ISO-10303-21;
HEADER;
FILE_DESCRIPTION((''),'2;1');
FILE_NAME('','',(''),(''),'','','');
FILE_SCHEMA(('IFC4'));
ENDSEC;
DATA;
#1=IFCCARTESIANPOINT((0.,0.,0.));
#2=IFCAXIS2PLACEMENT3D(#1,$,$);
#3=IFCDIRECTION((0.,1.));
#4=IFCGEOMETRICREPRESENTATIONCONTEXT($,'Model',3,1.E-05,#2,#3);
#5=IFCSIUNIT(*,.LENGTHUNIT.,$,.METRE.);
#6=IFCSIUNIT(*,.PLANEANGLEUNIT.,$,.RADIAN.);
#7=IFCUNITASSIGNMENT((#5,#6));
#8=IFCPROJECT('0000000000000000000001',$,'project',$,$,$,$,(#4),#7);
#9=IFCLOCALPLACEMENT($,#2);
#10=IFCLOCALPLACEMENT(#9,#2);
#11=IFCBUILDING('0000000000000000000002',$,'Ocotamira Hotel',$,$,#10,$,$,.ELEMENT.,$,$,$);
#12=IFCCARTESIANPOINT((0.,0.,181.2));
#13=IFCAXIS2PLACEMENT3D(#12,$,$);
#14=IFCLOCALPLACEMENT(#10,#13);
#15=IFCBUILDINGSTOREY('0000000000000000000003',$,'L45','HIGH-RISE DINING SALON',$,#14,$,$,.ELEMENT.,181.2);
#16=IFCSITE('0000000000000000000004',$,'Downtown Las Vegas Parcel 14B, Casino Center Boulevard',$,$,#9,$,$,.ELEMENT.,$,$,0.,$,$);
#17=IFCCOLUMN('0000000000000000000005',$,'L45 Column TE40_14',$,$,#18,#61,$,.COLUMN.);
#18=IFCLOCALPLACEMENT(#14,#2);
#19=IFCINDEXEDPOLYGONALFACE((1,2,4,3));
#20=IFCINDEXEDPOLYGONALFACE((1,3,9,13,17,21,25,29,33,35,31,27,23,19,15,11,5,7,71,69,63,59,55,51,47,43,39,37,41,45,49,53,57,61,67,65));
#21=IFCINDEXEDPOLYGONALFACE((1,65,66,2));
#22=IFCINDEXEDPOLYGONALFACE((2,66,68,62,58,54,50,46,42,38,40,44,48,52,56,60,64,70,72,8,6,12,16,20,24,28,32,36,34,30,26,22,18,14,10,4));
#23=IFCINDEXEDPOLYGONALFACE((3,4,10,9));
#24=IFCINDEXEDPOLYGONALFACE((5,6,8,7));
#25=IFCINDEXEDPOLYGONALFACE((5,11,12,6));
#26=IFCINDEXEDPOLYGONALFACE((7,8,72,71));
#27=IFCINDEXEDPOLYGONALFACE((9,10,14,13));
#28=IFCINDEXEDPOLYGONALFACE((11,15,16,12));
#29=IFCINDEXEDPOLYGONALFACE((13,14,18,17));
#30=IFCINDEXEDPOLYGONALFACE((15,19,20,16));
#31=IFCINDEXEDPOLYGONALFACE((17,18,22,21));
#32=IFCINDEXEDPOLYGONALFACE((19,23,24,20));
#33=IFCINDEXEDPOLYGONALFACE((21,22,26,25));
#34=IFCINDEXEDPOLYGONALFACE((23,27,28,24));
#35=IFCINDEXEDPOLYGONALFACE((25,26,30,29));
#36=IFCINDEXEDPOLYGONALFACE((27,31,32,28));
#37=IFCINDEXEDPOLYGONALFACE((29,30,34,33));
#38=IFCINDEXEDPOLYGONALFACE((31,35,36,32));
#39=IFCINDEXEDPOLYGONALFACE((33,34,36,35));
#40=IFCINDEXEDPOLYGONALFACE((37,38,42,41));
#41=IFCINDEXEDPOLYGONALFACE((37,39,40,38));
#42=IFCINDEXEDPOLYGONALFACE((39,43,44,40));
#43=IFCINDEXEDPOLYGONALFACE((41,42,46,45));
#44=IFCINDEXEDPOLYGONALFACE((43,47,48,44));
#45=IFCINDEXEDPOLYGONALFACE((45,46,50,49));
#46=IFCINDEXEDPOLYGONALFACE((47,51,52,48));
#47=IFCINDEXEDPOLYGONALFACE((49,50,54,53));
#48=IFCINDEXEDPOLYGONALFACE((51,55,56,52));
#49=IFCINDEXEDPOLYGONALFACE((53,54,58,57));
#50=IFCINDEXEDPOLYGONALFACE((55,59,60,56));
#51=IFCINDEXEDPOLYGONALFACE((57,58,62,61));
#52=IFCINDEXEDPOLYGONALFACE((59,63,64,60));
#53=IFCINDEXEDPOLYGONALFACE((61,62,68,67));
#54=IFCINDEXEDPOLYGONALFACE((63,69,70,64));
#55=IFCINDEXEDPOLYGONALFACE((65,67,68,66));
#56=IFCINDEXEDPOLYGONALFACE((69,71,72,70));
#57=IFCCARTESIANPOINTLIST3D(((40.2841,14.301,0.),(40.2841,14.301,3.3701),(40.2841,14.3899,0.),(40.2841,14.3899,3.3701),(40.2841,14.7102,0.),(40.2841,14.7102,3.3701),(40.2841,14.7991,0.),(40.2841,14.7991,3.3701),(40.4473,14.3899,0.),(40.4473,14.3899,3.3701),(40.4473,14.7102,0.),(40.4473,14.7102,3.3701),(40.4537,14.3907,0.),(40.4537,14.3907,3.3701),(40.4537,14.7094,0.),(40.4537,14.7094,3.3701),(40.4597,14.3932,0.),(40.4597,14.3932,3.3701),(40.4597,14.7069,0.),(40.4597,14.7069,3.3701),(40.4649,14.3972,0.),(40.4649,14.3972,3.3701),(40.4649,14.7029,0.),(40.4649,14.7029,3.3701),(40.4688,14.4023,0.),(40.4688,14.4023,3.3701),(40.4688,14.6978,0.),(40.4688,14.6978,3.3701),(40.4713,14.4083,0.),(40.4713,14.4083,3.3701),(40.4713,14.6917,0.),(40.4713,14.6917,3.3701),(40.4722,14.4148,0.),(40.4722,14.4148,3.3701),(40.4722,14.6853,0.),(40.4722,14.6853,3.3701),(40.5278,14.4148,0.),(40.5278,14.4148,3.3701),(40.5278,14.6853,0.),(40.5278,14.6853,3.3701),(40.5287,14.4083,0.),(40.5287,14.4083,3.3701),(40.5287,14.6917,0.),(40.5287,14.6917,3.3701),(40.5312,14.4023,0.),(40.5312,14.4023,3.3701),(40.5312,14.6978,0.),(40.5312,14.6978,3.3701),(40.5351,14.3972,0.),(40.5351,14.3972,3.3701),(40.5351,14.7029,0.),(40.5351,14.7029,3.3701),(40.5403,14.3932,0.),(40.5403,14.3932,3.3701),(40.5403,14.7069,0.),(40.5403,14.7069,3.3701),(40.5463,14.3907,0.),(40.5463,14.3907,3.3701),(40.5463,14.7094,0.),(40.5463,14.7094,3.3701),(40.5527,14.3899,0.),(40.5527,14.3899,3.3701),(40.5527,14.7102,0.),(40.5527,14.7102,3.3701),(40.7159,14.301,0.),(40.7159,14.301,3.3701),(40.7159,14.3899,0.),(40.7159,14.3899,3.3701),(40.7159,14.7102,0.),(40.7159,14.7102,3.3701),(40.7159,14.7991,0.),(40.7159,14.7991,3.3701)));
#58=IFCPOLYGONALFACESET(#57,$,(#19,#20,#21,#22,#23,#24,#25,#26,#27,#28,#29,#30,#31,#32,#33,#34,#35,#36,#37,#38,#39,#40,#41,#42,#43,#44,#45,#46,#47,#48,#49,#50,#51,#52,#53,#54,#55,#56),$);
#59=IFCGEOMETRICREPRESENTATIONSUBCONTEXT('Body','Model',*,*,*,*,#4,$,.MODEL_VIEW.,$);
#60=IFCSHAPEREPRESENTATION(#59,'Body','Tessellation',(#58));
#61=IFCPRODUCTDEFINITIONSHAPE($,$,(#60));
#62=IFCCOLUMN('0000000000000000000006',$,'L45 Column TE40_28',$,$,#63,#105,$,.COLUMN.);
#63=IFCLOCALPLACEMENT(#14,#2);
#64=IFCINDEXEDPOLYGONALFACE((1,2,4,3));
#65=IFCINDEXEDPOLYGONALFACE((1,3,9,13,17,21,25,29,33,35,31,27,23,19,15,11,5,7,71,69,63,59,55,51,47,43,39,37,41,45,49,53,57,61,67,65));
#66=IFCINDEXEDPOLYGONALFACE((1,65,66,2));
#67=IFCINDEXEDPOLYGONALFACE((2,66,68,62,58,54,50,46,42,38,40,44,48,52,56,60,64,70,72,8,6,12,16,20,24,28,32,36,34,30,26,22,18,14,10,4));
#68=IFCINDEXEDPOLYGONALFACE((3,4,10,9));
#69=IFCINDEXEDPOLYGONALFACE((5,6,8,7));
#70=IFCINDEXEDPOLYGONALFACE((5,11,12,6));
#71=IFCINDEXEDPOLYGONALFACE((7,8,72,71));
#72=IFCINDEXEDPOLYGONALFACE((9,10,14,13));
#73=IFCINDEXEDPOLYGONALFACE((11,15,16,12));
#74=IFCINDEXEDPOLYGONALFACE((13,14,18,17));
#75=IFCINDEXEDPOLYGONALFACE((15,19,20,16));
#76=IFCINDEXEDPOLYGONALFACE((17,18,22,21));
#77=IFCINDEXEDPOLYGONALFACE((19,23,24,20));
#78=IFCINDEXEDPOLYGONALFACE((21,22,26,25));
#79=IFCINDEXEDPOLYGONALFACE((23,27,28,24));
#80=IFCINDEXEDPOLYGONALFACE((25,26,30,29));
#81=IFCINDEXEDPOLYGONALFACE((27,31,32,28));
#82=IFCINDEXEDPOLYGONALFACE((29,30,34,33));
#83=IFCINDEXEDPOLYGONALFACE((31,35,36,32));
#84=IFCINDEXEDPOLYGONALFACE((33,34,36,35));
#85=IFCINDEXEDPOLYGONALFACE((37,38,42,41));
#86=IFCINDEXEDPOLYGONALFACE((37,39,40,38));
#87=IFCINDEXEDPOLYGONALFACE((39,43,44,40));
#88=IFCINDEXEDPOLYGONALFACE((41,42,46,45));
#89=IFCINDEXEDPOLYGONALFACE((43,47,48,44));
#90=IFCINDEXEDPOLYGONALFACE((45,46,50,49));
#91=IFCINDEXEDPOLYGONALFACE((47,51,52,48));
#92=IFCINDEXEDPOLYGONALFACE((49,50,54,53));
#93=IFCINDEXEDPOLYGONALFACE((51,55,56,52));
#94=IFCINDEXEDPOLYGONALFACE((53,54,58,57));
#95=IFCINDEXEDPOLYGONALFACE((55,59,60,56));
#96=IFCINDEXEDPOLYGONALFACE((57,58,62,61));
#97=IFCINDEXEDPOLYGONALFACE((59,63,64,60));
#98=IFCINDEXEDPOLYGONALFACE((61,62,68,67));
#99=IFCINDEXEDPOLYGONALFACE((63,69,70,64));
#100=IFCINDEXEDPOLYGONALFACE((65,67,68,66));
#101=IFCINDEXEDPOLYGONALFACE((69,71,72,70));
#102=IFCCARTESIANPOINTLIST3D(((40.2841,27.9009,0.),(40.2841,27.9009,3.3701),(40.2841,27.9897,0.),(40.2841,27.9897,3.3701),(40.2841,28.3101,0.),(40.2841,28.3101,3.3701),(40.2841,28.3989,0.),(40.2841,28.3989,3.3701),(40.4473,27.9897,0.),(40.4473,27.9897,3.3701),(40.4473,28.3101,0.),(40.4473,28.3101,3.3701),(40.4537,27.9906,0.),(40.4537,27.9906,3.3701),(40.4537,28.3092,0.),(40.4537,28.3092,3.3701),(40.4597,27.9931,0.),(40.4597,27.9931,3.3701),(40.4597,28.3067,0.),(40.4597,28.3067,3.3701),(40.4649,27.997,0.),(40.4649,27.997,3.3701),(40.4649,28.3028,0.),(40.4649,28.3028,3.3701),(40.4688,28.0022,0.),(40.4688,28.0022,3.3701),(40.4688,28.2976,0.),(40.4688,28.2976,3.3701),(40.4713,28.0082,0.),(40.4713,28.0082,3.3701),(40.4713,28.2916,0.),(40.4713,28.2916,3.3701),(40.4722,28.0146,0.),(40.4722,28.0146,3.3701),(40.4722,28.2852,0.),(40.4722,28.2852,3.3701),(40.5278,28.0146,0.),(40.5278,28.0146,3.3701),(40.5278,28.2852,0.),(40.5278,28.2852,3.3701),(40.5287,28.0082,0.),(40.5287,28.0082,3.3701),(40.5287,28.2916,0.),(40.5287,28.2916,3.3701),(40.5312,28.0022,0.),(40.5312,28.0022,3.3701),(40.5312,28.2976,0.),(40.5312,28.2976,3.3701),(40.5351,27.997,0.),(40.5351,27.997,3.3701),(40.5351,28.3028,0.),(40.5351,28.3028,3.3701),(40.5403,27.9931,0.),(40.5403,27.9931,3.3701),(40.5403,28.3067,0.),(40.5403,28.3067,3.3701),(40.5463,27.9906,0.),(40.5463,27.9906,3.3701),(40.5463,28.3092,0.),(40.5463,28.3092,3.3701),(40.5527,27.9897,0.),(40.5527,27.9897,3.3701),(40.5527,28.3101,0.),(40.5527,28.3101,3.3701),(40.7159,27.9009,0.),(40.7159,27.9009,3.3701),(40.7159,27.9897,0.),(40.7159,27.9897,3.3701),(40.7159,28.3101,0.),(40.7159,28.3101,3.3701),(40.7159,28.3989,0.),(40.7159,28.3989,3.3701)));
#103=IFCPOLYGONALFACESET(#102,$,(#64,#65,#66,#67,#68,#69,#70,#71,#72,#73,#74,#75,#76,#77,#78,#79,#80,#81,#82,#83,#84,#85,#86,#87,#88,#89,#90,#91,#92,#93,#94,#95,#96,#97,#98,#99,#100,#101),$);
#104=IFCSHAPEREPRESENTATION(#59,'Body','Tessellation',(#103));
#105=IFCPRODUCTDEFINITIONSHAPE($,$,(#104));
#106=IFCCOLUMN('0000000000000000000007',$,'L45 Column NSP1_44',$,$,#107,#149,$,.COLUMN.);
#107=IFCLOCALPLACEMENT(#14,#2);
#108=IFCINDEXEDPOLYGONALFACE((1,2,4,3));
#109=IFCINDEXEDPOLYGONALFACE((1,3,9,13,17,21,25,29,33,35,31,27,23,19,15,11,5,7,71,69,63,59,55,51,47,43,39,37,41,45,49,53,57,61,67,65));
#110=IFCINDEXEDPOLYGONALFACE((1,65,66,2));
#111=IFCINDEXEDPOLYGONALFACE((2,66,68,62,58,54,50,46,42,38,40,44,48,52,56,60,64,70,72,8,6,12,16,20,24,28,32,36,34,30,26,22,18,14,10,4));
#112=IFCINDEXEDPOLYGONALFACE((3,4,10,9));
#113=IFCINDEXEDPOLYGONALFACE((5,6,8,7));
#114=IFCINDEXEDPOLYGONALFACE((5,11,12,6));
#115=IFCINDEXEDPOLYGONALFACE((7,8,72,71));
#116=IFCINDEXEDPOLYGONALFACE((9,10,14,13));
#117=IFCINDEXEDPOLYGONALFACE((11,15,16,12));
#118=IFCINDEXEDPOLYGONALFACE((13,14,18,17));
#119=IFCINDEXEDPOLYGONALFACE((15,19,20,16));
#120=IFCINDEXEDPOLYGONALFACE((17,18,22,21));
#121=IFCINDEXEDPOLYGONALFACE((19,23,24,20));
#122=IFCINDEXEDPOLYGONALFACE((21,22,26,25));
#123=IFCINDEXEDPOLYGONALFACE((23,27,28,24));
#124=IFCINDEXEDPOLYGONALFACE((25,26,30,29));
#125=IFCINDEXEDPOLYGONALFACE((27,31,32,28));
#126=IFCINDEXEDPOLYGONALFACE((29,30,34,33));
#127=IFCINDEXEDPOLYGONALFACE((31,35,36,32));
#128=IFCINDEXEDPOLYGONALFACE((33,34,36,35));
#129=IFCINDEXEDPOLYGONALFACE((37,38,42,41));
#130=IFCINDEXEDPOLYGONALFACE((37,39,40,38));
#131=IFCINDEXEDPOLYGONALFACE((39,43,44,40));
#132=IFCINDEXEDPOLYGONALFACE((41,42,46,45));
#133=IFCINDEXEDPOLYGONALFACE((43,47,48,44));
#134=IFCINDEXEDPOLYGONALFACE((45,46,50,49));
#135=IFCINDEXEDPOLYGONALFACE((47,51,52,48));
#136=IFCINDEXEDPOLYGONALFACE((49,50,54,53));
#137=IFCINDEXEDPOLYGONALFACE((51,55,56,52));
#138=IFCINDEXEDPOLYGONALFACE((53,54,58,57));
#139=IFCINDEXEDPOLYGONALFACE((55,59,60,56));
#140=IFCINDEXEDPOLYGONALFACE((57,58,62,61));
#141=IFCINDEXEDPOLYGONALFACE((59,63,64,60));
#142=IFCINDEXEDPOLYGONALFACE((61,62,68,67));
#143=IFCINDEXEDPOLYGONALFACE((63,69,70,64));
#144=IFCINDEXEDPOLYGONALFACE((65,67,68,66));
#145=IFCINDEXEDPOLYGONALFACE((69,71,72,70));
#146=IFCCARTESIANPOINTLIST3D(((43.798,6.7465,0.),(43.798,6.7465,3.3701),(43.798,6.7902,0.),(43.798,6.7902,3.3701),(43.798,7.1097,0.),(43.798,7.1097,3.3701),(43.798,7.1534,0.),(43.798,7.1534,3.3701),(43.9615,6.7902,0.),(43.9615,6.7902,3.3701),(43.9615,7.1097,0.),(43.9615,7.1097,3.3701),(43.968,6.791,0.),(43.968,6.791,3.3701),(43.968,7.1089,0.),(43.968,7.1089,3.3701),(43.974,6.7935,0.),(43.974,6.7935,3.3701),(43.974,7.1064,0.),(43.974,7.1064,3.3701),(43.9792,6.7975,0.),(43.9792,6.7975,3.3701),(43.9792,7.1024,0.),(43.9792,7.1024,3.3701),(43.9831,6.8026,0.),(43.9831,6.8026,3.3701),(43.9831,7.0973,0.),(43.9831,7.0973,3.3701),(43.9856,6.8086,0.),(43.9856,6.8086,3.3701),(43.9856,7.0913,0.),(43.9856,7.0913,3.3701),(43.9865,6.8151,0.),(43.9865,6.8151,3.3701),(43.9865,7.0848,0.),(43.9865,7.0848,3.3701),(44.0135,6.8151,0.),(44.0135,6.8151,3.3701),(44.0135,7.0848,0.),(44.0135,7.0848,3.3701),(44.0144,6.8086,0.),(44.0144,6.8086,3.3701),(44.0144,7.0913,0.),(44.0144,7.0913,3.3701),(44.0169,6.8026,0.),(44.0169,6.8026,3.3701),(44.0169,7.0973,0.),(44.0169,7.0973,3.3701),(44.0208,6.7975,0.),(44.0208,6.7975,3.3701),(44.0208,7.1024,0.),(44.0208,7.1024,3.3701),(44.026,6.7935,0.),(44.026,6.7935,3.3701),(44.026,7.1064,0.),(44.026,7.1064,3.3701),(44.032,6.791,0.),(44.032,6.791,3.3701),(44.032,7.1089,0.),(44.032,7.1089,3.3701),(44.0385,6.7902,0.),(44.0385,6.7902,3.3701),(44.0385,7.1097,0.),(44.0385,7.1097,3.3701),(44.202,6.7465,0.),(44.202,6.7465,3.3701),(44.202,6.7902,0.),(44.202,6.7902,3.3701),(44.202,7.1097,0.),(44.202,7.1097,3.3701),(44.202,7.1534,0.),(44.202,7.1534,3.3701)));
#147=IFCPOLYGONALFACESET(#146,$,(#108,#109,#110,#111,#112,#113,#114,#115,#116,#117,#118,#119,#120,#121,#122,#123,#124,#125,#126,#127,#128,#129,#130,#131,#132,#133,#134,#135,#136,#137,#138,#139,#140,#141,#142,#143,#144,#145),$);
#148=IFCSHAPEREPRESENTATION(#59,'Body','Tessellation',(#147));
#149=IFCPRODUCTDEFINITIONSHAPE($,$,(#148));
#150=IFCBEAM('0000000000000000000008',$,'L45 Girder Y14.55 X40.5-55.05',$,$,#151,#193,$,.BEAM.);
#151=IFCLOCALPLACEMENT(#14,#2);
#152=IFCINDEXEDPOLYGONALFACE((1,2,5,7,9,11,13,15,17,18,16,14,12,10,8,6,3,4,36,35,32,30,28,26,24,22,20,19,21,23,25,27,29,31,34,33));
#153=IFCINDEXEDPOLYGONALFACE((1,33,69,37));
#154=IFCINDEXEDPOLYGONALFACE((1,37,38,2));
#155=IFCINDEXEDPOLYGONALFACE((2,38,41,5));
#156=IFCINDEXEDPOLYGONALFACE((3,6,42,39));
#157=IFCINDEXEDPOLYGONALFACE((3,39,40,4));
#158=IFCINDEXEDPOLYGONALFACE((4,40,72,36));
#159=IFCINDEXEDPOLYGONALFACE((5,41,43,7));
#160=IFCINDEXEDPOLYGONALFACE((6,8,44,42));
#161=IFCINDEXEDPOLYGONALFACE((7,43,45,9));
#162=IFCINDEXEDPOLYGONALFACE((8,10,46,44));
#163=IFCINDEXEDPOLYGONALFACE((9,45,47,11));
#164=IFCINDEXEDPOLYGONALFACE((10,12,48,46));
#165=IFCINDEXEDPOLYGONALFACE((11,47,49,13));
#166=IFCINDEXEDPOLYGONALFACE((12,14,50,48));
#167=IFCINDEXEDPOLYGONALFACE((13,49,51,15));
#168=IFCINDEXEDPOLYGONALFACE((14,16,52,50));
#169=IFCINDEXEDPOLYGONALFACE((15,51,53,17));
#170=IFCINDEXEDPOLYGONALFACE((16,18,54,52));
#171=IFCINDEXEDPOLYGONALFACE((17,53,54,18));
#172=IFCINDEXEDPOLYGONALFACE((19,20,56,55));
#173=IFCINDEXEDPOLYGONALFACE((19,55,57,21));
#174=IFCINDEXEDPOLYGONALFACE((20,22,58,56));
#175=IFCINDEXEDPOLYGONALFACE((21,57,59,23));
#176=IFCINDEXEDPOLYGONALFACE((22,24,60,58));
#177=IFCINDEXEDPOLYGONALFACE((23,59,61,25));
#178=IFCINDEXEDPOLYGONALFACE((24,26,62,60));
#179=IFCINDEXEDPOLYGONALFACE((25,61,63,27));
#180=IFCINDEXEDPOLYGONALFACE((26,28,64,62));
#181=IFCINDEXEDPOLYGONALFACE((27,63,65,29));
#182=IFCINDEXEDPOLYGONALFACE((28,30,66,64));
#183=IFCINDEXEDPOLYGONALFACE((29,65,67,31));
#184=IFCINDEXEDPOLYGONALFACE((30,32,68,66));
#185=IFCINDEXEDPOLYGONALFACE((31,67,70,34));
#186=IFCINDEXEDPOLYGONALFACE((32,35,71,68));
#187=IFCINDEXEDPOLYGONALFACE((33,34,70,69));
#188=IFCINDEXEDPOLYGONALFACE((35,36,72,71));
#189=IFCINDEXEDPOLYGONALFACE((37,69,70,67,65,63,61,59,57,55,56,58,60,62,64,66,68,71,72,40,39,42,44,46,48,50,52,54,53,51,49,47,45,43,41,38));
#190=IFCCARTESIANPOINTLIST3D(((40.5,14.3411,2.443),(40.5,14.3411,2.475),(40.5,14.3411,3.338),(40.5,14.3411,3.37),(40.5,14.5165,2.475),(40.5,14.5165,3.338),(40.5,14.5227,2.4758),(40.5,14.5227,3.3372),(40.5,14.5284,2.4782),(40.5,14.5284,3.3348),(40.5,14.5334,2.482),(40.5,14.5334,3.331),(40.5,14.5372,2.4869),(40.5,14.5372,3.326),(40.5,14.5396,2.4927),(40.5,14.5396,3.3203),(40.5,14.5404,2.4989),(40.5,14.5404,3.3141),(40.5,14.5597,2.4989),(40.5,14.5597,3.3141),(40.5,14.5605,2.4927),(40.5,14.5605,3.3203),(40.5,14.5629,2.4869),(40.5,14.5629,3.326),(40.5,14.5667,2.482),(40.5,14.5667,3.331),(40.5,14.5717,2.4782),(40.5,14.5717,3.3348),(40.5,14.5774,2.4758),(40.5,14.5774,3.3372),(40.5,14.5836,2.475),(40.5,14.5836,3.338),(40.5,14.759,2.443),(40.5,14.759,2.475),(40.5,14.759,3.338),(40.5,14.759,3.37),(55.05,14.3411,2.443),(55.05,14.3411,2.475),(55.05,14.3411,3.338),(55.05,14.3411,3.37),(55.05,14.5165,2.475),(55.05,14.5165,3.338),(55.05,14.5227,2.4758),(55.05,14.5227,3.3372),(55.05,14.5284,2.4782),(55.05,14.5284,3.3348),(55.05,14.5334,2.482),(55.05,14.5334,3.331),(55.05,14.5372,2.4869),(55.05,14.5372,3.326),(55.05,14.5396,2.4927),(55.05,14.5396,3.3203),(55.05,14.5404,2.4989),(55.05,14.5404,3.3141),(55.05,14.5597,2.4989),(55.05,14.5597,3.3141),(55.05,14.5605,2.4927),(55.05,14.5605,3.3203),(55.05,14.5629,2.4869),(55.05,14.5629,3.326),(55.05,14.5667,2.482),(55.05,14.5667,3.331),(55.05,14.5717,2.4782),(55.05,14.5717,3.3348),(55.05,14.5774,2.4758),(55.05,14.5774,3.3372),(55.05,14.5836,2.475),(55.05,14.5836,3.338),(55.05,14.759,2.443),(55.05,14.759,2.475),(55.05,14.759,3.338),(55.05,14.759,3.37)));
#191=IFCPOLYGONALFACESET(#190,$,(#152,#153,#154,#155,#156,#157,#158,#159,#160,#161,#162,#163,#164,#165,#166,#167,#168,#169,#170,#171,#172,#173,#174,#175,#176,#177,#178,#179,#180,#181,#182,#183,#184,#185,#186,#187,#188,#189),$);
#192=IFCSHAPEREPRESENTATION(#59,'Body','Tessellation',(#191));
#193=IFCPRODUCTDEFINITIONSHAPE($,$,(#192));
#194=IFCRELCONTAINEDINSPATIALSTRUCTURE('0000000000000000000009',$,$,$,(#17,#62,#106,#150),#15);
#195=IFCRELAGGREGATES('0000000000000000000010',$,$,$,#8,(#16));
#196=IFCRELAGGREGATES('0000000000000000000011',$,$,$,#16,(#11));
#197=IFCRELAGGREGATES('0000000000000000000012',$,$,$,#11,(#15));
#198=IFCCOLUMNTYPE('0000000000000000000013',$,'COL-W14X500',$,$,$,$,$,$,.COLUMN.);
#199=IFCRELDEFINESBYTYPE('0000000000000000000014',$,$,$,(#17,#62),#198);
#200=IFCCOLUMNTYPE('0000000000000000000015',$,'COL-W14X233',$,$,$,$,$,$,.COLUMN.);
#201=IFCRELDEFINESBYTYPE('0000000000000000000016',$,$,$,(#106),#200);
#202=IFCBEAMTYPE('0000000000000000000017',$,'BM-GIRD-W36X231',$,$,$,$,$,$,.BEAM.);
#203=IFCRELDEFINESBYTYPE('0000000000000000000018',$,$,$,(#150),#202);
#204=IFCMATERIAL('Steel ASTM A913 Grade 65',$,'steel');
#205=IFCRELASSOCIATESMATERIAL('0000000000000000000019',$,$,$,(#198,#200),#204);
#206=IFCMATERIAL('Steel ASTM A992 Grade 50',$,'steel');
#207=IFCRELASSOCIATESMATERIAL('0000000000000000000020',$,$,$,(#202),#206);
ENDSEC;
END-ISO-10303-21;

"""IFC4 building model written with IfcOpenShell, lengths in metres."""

from ifc_helpers import new_model, si_unit, direction, frame, origin, origin_2d, place, context, subcontext, project, spatial, i_section, extrude, source, transform, mapped, material, material_profile, profile_set, type_object, element, save


model = new_model("IFC4")

# Units and contexts
model_context = context("Model", 3, precision=1e-05, world=origin(), true_north=direction((0.0, 1.0)))
body_context = subcontext(model_context, "Body", "Model", "MODEL_VIEW")
ifc_project = project(units=[si_unit("LENGTHUNIT", "METRE"), si_unit("PLANEANGLEUNIT", "RADIAN")], contexts=[model_context])

# Site, building, storey
site_placement = place(None, origin())
site = spatial("IfcSite", under=ifc_project, at=site_placement, Name="Downtown Las Vegas Parcel 14B, Casino Center Boulevard", CompositionType="ELEMENT", RefElevation=0.0)
building_placement = place(site_placement, origin())
building = spatial("IfcBuilding", under=site, at=building_placement, Name="Ocotamira Hotel", CompositionType="ELEMENT")
storey_placement = place(building_placement, frame((0.0, 0.0, 181.2)))
storey = spatial("IfcBuildingStorey", under=building, at=storey_placement, Name="L45", Description="HIGH-RISE DINING SALON", CompositionType="ELEMENT", Elevation=181.2)

# Columns
ifc_material_1 = material(Name="Steel ASTM A913 Grade 65", Category="steel")
ifc_material_profile_1 = material_profile(ifc_material_1, i_section(OverallWidth=0.4319, OverallDepth=0.498, WebThickness=0.0557, FlangeThickness=0.0889, FilletRadius=0.0249, at=origin_2d()), Name="W14X500")
ifc_profile_set_1 = profile_set([ifc_material_profile_1], Name="Steel ASTM A913 Grade 65")
column_type_1 = type_object("IfcColumnType", Name="COL-W14X500", PredefinedType="COLUMN", material=ifc_profile_set_1)
shared_shape_1 = source(origin(), body_context, "Body", "SweptSolid", [
    extrude(i_section(OverallWidth=0.4319, OverallDepth=0.498, WebThickness=0.0557, FlangeThickness=0.0889, FilletRadius=0.0249, at=origin_2d()), origin(), (0.0, 0.0, 1.0), 3.3701),
])
for number, where, z_axis, x_axis, name in (
    (1, (40.5, 14.55, 0.0), (0.0, 0.0, 1.0), (1.0, 0.0, 0.0), "L45 Column TE40_14"),
    (2, (40.5, 28.1499, 0.0), (0.0, 0.0, 1.0), (1.0, 0.0, 0.0), "L45 Column TE40_28"),
):
    element("IfcColumn", number, at=place(storey_placement, frame(where, z_axis=z_axis, x_axis=x_axis)), inside=storey, type_object=column_type_1, Name=name, PredefinedType="COLUMN", context=body_context, shape_type="MappedRepresentation", body=[
        mapped(shared_shape_1, transform((0.0, 0.0, 0.0), scale=1.0)),
    ])
ifc_material_profile_2 = material_profile(ifc_material_1, i_section(OverallWidth=0.4041, OverallDepth=0.407, WebThickness=0.0271, FlangeThickness=0.0437, FilletRadius=0.0249, at=origin_2d()), Name="W14X233")
ifc_profile_set_2 = profile_set([ifc_material_profile_2], Name="Steel ASTM A913 Grade 65")
column_type_2 = type_object("IfcColumnType", Name="COL-W14X233", PredefinedType="COLUMN", material=ifc_profile_set_2)
shared_shape_2 = source(origin(), body_context, "Body", "SweptSolid", [
    extrude(i_section(OverallWidth=0.4041, OverallDepth=0.407, WebThickness=0.0271, FlangeThickness=0.0437, FilletRadius=0.0249, at=origin_2d()), origin(), (0.0, 0.0, 1.0), 3.3701),
])
column_placement = place(storey_placement, frame((44.0, 6.95, 0.0), z_axis=(0.0, 0.0, 1.0), x_axis=(1.0, 0.0, 0.0)))
element("IfcColumn", 3, at=column_placement, inside=storey, type_object=column_type_2, Name="L45 Column NSP1_44", PredefinedType="COLUMN", context=body_context, shape_type="MappedRepresentation", body=[
    mapped(shared_shape_2, transform((0.0, 0.0, 0.0), scale=1.0)),
])

# Beam
ifc_material_2 = material(Name="Steel ASTM A992 Grade 50", Category="steel")
ifc_material_profile_3 = material_profile(ifc_material_2, i_section(OverallWidth=0.418, OverallDepth=0.927, WebThickness=0.0193, FlangeThickness=0.032, FilletRadius=0.0239, at=origin_2d()), Name="W36X231")
ifc_profile_set_3 = profile_set([ifc_material_profile_3], Name="Steel ASTM A992 Grade 50")
beam_type_1 = type_object("IfcBeamType", Name="BM-GIRD-W36X231", PredefinedType="BEAM", material=ifc_profile_set_3)
shared_shape_3 = source(origin(), body_context, "Body", "SweptSolid", [
    extrude(i_section(OverallWidth=0.418, OverallDepth=0.927, WebThickness=0.0193, FlangeThickness=0.032, FilletRadius=0.0239, at=origin_2d()), origin(), (0.0, 0.0, 1.0), 14.55),
])
for number, where, z_axis, x_axis, name in (
    (4, (40.5, 14.55, 2.9065), (1.0, 0.0, 0.0), (0.0, 1.0, 0.0), "L45 Girder Y14.55 X40.5-55.05"),
):
    element("IfcBeam", number, at=place(storey_placement, frame(where, z_axis=z_axis, x_axis=x_axis)), inside=storey, type_object=beam_type_1, Name=name, PredefinedType="BEAM", context=body_context, shape_type="MappedRepresentation", body=[
        mapped(shared_shape_3, transform((0.0, 0.0, 0.0), scale=1.0)),
    ])

save(model, "model.ifc")
